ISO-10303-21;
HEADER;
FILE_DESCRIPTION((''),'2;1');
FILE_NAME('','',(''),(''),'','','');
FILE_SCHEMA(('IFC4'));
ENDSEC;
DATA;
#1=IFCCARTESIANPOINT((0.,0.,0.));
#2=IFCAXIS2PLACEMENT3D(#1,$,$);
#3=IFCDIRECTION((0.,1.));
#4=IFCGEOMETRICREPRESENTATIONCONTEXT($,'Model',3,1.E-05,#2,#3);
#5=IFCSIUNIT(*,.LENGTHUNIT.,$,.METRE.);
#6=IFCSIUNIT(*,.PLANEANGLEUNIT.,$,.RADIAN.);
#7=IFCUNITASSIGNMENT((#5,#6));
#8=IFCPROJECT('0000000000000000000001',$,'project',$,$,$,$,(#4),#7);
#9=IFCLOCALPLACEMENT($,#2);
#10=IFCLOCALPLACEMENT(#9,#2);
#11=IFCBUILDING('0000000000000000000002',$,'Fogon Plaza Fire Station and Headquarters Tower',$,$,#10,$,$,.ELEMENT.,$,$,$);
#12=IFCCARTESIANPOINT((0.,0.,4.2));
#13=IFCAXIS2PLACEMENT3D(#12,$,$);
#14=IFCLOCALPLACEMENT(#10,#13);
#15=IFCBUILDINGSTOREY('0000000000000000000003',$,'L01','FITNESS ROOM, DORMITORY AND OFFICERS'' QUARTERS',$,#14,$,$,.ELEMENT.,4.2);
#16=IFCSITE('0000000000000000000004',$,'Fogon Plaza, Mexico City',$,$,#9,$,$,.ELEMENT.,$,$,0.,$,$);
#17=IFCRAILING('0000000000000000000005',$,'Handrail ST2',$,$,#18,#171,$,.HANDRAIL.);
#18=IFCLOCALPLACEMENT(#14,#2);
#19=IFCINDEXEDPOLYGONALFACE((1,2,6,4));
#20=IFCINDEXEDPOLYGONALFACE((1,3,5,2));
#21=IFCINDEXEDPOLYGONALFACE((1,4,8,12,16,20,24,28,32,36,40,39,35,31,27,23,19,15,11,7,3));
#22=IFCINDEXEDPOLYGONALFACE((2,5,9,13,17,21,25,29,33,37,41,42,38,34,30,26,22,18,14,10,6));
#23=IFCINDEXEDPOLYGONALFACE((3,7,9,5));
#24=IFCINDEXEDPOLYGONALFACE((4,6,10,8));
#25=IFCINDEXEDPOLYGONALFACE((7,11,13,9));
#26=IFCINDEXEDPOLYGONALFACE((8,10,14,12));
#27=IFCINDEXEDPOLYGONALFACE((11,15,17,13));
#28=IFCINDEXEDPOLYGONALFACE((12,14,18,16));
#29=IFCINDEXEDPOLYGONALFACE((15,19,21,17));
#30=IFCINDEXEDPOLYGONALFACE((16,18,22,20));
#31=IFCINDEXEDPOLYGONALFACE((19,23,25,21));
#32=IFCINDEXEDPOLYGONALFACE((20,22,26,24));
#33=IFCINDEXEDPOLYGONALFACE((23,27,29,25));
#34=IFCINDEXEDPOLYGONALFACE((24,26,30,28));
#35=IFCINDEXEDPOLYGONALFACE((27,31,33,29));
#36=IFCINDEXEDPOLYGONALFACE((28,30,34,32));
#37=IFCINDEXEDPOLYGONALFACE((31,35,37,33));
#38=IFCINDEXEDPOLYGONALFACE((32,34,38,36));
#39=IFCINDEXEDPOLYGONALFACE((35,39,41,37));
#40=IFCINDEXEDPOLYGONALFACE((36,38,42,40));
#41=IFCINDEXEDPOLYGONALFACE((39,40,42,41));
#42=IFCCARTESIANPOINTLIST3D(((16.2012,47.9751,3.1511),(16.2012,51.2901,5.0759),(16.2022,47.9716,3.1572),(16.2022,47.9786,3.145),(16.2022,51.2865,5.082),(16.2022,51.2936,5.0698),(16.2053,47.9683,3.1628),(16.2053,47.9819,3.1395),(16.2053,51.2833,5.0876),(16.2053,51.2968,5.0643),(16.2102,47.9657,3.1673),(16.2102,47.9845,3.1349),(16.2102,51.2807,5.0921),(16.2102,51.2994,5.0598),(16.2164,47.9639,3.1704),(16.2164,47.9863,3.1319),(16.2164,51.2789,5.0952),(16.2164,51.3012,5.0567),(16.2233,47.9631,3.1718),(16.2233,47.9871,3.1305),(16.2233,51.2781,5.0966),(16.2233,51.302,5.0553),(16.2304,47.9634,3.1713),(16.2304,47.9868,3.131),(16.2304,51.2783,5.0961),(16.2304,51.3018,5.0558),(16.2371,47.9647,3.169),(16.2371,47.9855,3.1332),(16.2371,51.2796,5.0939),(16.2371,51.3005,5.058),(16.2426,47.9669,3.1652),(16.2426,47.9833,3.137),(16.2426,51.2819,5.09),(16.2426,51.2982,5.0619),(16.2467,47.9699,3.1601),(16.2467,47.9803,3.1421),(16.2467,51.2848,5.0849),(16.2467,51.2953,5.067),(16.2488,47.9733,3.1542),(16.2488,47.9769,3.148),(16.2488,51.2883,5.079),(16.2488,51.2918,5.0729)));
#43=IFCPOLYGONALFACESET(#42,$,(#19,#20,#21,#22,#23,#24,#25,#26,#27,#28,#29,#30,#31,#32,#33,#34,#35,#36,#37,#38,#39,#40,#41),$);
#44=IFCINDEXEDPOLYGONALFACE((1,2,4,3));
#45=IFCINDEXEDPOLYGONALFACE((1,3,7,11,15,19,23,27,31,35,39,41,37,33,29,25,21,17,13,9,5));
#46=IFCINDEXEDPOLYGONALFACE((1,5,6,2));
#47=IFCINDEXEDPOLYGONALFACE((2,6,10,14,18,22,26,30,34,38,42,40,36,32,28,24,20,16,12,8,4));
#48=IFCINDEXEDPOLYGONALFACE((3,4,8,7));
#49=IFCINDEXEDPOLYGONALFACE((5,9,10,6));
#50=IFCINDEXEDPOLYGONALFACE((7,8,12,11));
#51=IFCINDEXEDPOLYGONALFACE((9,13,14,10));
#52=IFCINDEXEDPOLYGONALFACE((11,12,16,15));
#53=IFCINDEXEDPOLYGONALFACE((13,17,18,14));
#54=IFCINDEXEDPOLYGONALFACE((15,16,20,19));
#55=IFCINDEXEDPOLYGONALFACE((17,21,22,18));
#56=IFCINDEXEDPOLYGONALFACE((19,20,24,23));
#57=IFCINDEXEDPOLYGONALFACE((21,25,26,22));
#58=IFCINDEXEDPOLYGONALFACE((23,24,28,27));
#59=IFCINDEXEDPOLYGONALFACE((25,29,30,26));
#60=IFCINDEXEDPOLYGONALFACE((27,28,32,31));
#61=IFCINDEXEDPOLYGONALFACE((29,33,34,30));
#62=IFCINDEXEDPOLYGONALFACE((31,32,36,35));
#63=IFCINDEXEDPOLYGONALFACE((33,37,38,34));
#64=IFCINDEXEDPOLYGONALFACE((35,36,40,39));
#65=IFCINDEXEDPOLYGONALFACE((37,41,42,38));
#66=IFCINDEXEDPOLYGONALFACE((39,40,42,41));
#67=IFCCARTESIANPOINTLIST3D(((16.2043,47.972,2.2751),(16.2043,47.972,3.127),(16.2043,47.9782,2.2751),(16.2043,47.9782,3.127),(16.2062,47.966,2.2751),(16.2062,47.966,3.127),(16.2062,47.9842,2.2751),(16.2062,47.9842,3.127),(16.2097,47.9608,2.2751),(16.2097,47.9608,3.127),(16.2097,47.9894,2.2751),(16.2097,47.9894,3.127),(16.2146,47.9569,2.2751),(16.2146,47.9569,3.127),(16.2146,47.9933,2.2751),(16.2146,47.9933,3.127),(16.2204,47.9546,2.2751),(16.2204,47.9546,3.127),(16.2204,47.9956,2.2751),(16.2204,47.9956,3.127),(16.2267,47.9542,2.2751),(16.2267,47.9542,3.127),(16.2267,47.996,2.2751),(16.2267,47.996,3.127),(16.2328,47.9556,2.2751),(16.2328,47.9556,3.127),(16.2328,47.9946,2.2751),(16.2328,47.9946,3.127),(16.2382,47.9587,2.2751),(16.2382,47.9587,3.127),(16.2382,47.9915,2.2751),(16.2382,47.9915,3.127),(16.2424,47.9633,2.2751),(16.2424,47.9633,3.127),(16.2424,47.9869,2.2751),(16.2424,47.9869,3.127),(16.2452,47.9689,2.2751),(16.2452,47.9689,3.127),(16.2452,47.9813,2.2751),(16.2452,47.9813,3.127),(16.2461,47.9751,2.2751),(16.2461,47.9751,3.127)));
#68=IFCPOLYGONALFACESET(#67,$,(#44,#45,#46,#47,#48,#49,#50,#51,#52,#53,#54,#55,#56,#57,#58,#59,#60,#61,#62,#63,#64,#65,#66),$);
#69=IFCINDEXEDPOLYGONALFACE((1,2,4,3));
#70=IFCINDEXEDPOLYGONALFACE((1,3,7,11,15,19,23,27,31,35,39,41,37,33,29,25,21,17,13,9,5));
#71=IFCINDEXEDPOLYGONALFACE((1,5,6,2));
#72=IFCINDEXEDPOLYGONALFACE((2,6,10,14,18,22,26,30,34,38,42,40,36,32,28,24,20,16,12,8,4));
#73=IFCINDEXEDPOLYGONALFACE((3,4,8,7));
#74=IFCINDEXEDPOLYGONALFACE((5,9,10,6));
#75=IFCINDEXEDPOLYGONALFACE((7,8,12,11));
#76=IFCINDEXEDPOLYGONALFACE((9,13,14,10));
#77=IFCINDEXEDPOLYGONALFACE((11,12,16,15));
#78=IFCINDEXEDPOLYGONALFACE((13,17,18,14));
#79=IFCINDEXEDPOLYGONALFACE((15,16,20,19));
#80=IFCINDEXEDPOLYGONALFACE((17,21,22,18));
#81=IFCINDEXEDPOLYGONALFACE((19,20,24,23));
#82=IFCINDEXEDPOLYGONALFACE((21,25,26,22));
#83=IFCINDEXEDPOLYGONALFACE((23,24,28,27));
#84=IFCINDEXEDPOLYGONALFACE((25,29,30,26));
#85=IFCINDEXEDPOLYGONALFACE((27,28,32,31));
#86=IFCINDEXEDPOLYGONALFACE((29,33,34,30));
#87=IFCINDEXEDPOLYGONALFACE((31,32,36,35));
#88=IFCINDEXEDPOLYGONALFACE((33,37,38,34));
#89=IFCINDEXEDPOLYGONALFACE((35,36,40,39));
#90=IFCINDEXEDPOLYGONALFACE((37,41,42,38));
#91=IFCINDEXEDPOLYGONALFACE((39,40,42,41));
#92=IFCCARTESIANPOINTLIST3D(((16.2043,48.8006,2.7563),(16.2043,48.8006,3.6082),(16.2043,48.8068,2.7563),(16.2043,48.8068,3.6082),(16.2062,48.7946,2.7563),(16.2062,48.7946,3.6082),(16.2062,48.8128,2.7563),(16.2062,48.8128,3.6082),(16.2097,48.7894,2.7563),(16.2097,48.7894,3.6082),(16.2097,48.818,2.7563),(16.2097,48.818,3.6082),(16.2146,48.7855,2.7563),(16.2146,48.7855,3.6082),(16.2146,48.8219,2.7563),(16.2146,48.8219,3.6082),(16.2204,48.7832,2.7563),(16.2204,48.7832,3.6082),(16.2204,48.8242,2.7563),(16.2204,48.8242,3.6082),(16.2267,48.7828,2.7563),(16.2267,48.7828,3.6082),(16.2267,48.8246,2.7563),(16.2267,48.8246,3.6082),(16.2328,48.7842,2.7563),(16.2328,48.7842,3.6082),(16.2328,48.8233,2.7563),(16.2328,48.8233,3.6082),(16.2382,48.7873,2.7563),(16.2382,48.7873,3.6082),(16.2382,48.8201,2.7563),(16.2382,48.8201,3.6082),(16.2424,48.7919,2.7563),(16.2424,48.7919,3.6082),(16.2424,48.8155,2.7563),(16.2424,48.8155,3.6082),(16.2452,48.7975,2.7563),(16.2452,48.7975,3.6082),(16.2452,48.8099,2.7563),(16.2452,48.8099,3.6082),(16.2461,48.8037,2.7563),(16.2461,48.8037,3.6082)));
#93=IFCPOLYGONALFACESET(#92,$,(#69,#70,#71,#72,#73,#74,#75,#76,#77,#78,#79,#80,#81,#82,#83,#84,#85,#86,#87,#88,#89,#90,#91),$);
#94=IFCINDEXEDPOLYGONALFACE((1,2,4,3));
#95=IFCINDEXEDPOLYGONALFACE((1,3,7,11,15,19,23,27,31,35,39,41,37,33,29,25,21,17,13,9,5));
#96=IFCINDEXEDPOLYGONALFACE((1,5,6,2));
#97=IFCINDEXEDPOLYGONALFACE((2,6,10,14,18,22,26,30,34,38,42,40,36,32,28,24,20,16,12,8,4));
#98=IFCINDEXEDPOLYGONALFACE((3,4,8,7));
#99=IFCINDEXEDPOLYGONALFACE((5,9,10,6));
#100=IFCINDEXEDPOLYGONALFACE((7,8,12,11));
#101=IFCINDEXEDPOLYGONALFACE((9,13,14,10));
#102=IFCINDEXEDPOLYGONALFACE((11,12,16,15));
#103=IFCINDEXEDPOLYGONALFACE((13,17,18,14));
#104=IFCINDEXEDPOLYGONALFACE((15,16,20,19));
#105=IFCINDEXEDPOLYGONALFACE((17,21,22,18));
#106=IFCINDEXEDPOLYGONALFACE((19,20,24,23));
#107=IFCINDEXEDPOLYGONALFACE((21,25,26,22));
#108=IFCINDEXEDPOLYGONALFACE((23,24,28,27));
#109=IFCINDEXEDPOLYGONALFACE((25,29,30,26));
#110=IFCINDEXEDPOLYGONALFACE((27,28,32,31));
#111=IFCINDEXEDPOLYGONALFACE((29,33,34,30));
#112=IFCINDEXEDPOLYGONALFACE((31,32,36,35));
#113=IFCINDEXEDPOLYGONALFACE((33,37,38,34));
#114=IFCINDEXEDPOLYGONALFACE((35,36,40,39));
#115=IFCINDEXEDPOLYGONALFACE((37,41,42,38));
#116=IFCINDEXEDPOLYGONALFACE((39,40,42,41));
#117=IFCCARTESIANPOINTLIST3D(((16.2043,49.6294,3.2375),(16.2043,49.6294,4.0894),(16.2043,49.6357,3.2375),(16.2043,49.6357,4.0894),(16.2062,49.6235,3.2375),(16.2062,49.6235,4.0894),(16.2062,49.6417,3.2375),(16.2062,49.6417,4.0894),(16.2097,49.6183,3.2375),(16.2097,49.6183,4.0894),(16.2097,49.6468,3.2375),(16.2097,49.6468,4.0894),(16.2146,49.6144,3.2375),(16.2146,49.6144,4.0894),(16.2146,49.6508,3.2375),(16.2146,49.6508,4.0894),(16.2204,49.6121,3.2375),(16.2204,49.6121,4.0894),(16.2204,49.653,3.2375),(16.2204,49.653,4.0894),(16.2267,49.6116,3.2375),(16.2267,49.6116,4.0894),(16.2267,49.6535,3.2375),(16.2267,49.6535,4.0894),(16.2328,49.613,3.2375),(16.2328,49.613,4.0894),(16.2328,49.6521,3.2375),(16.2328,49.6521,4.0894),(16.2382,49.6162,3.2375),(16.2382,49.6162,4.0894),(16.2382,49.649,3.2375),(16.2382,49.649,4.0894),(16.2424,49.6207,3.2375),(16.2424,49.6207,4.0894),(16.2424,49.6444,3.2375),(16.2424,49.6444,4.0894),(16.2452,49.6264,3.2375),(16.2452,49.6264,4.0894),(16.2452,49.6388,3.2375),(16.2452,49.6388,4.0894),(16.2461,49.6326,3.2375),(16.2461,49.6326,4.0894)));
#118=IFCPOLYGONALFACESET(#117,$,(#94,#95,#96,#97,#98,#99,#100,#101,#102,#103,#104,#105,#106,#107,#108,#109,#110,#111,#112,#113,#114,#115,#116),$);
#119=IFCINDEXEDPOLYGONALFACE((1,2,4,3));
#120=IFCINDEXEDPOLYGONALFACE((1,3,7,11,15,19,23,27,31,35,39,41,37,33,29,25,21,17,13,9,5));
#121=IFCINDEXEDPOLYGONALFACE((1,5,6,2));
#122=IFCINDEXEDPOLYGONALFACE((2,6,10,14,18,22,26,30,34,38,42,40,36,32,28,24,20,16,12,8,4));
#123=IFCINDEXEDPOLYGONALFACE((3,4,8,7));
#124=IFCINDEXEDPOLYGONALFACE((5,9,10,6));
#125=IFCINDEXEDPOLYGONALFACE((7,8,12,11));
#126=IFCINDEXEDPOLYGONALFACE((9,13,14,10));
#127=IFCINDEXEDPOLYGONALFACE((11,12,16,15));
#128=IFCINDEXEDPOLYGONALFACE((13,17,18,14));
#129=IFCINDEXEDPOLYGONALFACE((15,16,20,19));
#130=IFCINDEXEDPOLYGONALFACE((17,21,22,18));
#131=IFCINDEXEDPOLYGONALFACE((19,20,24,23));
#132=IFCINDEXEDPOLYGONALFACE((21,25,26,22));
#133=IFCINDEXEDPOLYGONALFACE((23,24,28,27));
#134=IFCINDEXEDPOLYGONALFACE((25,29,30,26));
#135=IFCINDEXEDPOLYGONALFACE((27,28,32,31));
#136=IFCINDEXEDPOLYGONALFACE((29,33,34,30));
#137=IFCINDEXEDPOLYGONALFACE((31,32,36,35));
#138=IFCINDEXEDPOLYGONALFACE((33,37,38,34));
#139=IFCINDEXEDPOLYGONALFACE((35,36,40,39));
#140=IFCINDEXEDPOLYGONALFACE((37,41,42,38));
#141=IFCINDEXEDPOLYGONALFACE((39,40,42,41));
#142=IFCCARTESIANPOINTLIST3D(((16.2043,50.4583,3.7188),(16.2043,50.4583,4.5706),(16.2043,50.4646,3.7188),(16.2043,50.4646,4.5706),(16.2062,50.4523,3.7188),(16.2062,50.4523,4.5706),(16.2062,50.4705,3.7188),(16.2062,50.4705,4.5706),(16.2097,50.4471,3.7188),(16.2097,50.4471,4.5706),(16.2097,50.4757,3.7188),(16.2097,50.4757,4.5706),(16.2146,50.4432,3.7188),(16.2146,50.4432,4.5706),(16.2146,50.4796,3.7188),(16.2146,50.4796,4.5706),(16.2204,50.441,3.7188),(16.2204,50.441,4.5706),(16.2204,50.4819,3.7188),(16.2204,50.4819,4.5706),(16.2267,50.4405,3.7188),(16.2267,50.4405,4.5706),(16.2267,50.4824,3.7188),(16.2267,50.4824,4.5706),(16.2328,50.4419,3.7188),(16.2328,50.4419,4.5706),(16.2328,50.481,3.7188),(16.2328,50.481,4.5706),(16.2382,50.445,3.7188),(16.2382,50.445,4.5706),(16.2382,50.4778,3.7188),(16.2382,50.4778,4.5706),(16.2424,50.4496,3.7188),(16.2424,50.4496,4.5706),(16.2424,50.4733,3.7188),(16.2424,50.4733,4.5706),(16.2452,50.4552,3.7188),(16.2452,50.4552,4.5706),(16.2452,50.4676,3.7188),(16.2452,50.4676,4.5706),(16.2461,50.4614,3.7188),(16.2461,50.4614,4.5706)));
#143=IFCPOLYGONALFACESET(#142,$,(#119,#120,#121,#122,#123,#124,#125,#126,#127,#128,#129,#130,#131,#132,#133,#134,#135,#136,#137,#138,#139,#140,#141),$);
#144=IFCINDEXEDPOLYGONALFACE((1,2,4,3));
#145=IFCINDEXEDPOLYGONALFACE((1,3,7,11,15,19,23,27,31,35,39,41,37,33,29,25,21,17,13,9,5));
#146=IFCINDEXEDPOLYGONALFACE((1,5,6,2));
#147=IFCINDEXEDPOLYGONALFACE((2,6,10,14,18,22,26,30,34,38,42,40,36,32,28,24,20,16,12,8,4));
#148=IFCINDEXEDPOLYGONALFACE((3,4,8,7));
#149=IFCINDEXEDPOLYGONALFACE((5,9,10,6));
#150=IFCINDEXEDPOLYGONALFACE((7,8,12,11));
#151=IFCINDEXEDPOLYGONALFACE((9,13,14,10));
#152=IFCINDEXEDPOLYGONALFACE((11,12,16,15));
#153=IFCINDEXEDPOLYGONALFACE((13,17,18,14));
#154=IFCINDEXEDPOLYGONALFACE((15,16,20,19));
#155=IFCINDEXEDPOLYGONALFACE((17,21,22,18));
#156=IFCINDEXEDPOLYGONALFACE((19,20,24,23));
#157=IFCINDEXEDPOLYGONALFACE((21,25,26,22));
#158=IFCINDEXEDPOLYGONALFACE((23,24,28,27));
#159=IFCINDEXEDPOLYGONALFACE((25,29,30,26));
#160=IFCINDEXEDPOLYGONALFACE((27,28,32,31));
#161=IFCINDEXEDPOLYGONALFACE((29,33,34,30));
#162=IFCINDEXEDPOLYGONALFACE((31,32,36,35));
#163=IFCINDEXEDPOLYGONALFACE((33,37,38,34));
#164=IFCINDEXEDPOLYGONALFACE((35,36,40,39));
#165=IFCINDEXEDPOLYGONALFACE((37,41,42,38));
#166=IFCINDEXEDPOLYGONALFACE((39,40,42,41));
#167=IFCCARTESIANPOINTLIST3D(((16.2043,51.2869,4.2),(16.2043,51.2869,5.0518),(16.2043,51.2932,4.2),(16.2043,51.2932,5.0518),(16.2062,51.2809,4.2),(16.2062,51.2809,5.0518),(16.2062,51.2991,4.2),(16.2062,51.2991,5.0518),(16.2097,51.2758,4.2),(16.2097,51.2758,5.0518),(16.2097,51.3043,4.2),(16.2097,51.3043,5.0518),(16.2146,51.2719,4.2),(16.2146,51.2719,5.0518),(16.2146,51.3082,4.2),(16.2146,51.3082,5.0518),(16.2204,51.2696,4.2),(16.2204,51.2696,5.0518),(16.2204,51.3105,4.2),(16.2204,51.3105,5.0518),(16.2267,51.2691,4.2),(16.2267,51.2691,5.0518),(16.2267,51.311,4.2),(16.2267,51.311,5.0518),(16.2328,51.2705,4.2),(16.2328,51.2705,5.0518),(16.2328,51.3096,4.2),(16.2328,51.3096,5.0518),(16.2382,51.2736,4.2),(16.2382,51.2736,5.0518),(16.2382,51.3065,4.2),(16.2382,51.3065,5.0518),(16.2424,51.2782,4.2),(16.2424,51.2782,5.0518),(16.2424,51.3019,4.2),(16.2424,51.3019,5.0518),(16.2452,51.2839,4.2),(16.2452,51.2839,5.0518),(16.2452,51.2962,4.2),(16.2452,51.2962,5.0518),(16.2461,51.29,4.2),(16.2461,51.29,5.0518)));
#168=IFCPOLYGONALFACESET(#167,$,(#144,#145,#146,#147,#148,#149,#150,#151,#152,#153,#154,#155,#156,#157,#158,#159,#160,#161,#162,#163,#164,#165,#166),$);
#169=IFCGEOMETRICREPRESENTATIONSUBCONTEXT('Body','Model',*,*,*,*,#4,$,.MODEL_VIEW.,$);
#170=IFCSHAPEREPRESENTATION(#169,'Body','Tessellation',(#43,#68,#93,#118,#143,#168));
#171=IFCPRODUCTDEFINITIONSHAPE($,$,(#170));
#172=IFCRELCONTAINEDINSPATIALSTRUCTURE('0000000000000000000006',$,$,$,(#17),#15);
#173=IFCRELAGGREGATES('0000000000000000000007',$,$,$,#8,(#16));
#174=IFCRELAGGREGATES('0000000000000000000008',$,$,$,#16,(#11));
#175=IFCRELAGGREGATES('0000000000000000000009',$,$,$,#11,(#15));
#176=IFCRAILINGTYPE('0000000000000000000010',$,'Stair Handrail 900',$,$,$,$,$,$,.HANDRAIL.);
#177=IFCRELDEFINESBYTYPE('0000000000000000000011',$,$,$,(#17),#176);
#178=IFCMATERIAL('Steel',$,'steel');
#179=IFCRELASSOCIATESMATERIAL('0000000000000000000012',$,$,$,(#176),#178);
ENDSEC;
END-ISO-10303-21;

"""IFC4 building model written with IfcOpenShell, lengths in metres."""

from ifc_helpers import new_model, si_unit, direction, frame, origin, origin_2d, place, context, subcontext, project, spatial, circle, extrude, material, type_object, element, save


model = new_model("IFC4")

# Units and contexts
model_context = context("Model", 3, precision=1e-05, world=origin(), true_north=direction((0.0, 1.0)))
body_context = subcontext(model_context, "Body", "Model", "MODEL_VIEW")
ifc_project = project(units=[si_unit("LENGTHUNIT", "METRE"), si_unit("PLANEANGLEUNIT", "RADIAN")], contexts=[model_context])

# Site, building, storey
site_placement = place(None, origin())
site = spatial("IfcSite", under=ifc_project, at=site_placement, Name="Fogon Plaza, Mexico City", CompositionType="ELEMENT", RefElevation=0.0)
building_placement = place(site_placement, origin())
building = spatial("IfcBuilding", under=site, at=building_placement, Name="Fogon Plaza Fire Station and Headquarters Tower", CompositionType="ELEMENT")
storey_placement = place(building_placement, frame((0.0, 0.0, 4.2)))
storey = spatial("IfcBuildingStorey", under=building, at=storey_placement, Name="L01", Description="FITNESS ROOM, DORMITORY AND OFFICERS' QUARTERS", CompositionType="ELEMENT", Elevation=4.2)

# Railing
ifc_material_1 = material(Name="Steel", Category="steel")
railing_type = type_object("IfcRailingType", Name="Stair Handrail 900", PredefinedType="HANDRAIL", material=ifc_material_1)
for number, where, name in (
    (1, (16.2251, 47.9751, 2.2751), "Handrail ST2"),
):
    element("IfcRailing", number, at=place(storey_placement, frame(where)), inside=storey, type_object=railing_type, Name=name, PredefinedType="HANDRAIL", context=body_context, shape_type="SweptSolid", body=[
        extrude(circle(Radius=0.0239, at=origin_2d()), frame((0.0, 0.0, 0.876), z_axis=(0.0, 0.864789, 0.502136), x_axis=(-1.0, 0.0, 0.0)), (0.0, 0.0, 1.0), 3.8333),
        extrude(circle(Radius=0.021, at=origin_2d()), origin(), (0.0, 0.0, 1.0), 0.8518),
        extrude(circle(Radius=0.021, at=origin_2d()), frame((0.0, 0.8286, 0.4812)), (0.0, 0.0, 1.0), 0.8518),
        extrude(circle(Radius=0.021, at=origin_2d()), frame((0.0, 1.6575, 0.9624)), (0.0, 0.0, 1.0), 0.8518),
        extrude(circle(Radius=0.021, at=origin_2d()), frame((0.0, 2.4863, 1.4436)), (0.0, 0.0, 1.0), 0.8518),
        extrude(circle(Radius=0.021, at=origin_2d()), frame((0.0, 3.3149, 1.9248)), (0.0, 0.0, 1.0), 0.8518),
    ])

save(model, "model.ifc")
